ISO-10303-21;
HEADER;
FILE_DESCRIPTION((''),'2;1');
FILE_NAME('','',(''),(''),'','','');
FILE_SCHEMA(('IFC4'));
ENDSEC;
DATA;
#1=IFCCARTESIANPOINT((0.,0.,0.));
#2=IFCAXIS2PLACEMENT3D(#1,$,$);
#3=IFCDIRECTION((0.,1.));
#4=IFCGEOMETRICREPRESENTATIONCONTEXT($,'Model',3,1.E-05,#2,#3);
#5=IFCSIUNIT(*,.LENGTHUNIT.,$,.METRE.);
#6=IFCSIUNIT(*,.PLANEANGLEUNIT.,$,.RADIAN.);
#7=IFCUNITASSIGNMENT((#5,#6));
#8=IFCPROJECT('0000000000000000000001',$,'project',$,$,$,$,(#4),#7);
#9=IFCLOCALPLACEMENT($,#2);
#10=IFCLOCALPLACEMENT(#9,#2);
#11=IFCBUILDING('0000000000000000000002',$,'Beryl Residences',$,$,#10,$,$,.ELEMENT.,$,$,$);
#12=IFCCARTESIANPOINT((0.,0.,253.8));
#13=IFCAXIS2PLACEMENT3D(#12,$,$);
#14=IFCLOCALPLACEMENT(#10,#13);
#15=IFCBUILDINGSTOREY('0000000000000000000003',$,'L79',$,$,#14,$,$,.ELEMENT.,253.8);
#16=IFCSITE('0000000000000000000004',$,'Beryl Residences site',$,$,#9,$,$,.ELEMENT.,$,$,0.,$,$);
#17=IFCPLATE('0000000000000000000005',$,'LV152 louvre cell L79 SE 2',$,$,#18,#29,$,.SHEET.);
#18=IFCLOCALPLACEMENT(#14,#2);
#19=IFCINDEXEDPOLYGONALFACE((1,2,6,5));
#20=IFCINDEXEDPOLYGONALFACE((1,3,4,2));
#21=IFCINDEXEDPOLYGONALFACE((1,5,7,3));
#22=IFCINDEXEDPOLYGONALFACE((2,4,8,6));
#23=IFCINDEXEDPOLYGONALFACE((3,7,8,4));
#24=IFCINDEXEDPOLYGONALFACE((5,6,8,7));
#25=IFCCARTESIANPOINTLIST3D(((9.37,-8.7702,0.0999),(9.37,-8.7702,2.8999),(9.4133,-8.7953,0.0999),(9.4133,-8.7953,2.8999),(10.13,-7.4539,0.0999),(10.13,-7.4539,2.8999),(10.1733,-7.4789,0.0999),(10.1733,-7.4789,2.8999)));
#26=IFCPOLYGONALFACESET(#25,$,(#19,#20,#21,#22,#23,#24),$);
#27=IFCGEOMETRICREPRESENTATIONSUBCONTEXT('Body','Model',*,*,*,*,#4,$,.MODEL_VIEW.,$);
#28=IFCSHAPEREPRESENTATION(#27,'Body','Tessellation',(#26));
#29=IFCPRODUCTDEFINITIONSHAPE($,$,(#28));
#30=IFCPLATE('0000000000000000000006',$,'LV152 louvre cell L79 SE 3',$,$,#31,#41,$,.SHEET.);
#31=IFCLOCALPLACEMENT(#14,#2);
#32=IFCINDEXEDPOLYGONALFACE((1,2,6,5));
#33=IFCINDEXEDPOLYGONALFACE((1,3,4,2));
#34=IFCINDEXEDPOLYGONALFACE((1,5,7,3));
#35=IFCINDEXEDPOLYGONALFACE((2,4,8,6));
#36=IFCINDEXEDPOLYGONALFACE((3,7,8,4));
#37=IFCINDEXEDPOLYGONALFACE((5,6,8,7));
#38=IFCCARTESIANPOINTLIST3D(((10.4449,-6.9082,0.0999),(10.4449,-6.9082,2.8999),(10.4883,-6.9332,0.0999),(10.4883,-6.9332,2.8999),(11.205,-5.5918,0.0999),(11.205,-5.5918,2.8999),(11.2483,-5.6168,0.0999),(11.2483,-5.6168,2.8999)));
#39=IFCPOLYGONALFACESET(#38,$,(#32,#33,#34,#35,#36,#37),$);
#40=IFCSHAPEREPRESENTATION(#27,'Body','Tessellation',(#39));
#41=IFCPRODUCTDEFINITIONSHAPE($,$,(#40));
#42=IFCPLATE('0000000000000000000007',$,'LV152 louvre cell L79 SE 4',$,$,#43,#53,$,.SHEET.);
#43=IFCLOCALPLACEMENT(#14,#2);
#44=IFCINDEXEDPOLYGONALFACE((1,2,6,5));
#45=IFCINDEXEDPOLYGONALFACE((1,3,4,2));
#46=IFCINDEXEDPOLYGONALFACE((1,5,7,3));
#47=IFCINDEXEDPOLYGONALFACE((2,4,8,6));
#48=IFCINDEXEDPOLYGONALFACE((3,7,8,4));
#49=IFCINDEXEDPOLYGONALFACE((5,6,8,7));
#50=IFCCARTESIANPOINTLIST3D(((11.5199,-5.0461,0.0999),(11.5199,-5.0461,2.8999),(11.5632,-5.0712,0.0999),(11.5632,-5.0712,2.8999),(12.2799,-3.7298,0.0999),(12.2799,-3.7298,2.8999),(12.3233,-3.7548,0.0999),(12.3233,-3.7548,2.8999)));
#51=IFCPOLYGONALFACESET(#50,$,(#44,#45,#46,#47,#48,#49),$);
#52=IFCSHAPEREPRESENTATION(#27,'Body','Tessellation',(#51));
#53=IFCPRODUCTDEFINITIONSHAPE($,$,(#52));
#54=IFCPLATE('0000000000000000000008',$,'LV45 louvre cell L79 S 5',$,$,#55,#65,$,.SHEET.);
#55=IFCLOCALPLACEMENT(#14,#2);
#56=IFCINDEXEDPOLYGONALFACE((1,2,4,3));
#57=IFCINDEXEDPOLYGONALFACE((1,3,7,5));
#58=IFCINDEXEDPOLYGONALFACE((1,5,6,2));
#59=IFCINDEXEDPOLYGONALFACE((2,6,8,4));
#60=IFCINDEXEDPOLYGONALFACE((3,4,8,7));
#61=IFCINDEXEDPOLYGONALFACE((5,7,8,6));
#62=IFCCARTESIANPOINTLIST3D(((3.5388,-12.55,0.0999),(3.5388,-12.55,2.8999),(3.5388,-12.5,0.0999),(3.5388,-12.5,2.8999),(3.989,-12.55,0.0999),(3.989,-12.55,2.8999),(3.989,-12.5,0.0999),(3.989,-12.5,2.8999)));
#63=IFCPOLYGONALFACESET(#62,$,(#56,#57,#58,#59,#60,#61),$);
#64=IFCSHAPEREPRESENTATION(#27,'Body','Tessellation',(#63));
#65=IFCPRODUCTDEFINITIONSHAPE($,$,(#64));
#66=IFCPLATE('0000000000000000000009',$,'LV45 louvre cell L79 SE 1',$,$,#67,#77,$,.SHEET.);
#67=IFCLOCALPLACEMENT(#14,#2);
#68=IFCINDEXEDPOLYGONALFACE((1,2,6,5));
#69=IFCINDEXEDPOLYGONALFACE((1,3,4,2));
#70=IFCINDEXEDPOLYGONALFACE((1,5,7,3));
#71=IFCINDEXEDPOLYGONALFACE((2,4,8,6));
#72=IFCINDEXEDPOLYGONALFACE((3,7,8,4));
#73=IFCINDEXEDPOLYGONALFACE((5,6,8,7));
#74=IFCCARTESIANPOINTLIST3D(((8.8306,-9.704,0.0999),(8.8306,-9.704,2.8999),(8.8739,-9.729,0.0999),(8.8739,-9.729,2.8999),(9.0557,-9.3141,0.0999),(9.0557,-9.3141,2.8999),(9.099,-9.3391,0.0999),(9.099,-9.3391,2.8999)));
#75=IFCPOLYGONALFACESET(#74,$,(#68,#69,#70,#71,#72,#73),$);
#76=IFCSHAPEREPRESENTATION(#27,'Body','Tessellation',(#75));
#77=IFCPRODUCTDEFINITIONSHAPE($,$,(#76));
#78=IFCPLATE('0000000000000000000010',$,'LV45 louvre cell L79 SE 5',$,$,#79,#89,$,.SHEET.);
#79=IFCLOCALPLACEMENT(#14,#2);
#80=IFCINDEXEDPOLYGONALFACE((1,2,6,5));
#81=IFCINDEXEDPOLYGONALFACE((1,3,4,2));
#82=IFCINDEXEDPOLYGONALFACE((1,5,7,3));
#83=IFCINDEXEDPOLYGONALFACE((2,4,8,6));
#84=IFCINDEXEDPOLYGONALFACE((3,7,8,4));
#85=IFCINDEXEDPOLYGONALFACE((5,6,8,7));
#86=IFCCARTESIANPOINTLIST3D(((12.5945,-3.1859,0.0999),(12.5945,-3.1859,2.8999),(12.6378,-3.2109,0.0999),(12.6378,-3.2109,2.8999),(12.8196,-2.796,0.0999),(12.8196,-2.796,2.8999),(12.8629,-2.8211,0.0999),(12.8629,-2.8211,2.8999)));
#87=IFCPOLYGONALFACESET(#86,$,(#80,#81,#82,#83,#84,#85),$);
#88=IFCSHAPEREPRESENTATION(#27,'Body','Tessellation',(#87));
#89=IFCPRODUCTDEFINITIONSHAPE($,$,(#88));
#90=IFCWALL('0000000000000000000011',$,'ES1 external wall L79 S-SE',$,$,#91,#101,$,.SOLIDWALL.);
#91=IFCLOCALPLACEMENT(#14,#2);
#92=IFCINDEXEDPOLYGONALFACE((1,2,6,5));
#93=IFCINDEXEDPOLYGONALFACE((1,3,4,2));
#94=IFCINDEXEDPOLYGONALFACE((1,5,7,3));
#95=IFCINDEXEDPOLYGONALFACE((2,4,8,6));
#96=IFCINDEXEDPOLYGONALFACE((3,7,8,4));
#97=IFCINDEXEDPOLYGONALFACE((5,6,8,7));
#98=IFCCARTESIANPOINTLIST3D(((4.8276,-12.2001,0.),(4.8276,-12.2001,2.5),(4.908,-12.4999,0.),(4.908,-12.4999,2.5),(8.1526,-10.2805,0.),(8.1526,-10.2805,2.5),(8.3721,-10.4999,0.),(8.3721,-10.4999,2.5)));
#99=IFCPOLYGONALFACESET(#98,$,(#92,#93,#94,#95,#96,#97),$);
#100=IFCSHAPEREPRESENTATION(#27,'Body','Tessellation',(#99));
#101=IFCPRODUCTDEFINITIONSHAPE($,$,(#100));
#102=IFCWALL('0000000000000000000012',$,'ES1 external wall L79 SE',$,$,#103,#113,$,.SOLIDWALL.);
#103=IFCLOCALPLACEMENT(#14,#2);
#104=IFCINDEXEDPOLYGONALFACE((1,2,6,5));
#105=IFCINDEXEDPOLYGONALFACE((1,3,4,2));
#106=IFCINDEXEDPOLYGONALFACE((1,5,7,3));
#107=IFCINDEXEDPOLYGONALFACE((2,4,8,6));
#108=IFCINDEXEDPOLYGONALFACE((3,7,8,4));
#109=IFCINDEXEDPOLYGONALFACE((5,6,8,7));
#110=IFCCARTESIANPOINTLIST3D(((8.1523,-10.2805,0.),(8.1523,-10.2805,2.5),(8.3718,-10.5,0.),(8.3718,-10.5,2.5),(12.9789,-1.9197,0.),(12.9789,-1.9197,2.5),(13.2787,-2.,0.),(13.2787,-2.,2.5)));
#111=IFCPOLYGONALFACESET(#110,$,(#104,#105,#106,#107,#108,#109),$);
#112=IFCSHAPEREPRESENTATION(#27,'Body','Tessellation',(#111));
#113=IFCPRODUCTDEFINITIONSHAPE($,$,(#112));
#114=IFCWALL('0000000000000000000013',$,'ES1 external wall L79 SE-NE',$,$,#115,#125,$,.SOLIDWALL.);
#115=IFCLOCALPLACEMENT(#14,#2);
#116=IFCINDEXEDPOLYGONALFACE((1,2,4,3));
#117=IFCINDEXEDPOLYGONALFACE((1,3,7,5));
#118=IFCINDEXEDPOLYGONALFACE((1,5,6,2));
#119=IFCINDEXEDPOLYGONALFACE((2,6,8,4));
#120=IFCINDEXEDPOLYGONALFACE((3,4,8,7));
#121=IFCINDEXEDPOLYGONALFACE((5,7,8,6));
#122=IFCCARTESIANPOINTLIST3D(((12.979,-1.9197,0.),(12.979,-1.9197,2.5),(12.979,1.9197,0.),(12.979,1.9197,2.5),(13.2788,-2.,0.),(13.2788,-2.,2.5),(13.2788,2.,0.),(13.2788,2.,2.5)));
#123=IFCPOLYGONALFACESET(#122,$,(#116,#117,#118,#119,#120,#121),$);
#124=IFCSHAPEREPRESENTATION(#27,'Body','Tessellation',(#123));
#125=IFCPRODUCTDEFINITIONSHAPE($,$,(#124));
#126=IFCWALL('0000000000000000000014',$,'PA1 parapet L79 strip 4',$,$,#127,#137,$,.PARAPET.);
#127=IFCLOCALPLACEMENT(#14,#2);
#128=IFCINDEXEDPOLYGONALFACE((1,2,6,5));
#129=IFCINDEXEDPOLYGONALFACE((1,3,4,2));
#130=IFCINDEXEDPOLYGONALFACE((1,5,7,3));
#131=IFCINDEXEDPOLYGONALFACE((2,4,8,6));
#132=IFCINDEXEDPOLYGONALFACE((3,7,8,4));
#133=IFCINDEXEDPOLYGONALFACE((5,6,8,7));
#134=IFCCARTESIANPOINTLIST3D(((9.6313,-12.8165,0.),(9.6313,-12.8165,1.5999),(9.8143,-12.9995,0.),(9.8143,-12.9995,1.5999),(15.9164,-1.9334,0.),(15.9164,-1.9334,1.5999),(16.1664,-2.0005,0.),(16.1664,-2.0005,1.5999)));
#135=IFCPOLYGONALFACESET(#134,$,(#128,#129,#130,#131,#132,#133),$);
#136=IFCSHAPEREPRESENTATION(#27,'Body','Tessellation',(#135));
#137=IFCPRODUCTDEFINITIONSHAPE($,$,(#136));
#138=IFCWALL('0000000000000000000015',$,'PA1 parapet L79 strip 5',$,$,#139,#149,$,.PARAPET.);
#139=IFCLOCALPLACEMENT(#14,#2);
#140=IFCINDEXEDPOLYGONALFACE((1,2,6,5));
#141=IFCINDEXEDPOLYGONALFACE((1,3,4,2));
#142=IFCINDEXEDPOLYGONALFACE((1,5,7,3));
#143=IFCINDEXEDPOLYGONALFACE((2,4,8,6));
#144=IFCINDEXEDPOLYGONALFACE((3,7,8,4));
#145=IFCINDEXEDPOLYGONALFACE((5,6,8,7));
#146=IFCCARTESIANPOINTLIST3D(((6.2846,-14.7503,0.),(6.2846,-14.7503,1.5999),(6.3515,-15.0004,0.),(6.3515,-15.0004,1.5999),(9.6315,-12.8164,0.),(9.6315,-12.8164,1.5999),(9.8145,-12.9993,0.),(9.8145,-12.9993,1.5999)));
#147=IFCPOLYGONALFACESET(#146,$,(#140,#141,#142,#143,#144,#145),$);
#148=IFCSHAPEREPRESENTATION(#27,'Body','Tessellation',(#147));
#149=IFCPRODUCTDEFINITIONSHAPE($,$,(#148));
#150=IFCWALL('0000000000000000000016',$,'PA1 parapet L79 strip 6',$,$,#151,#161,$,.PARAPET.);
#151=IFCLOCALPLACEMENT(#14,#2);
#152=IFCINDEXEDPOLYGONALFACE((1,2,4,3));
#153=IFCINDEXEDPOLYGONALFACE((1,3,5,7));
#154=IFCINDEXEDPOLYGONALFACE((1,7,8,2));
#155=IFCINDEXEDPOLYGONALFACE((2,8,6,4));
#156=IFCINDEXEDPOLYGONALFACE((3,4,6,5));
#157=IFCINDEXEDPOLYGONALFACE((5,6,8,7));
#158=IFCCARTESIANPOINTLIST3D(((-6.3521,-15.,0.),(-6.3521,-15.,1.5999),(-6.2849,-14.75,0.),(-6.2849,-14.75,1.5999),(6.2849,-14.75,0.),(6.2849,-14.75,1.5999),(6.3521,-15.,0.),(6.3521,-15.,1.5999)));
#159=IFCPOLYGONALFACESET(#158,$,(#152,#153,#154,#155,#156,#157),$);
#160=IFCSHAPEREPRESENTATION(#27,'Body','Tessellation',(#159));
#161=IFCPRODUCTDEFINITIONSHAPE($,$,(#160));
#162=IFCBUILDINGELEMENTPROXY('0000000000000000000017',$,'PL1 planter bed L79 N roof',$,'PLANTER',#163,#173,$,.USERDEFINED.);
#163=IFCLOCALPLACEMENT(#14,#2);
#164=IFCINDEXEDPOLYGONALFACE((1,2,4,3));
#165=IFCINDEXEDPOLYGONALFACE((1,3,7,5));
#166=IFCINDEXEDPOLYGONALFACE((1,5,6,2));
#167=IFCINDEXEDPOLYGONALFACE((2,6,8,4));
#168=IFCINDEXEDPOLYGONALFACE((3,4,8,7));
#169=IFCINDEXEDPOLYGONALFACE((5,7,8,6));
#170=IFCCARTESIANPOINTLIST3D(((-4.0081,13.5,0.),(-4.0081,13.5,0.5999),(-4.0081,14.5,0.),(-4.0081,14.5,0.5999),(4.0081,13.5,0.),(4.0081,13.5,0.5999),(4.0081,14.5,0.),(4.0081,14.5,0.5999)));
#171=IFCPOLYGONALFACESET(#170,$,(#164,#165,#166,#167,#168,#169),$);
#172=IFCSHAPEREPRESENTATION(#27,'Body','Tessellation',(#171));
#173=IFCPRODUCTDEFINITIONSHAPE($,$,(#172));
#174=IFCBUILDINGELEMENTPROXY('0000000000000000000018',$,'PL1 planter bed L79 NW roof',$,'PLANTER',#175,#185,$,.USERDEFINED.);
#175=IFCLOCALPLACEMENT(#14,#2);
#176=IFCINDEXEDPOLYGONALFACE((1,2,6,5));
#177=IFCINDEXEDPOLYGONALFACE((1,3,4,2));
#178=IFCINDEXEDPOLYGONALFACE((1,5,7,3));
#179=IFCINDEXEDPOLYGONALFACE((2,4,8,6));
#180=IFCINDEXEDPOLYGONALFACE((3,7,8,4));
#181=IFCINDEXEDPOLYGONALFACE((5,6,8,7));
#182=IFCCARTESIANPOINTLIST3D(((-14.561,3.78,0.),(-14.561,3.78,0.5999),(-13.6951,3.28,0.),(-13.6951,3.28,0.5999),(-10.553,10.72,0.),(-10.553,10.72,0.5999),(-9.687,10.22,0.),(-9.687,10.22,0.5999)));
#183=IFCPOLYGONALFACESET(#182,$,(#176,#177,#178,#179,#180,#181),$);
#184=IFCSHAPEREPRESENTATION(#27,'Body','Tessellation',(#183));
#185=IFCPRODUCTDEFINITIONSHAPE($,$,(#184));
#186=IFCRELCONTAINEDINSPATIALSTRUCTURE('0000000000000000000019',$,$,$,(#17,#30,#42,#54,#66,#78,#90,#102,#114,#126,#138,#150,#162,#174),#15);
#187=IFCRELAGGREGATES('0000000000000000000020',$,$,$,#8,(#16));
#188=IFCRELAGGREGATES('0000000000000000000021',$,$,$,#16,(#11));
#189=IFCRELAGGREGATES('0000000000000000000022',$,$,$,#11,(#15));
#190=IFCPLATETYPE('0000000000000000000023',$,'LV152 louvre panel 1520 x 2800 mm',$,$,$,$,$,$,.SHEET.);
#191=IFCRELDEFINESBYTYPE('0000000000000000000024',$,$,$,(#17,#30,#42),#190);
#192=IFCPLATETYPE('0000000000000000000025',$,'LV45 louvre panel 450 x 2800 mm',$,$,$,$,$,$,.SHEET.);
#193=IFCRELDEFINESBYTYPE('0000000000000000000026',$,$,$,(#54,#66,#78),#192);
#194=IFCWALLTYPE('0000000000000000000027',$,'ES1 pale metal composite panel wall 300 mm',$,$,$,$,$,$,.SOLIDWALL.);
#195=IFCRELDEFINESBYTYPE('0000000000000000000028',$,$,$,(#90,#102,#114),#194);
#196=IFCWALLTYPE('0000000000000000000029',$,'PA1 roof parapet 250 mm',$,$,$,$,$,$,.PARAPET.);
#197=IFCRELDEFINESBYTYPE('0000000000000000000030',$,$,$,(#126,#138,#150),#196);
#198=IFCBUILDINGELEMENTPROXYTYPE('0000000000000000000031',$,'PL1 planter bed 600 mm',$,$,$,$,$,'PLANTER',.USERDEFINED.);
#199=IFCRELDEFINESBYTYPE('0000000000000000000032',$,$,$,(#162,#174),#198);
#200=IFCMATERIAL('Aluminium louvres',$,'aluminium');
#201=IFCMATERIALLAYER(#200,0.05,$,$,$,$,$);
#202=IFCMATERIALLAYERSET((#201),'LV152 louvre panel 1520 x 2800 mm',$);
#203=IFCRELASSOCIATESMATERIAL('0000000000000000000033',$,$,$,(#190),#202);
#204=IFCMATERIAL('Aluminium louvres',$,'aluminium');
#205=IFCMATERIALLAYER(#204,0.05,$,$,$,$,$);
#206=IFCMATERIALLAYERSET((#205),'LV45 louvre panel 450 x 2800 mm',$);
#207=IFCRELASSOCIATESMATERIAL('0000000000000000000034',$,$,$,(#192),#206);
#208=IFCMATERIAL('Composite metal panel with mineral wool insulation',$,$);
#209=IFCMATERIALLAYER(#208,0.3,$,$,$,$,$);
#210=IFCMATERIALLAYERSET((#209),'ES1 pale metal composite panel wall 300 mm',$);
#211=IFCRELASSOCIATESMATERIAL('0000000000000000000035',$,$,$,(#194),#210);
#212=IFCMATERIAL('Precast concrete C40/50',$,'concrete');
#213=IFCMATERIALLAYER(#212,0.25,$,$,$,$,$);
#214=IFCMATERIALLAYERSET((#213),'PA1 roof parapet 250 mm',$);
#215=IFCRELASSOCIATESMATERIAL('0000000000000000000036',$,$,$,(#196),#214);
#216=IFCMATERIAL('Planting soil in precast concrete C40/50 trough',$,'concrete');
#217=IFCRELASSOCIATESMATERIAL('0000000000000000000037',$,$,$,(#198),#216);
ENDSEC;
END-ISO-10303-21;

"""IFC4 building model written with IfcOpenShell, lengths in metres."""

from ifc_helpers import new_model, si_unit, direction, frame, origin, place, context, subcontext, project, spatial, polyline, outline, extrude, source, transform, mapped, material, layer, layer_set, type_object, type_shapes, element, save


model = new_model("IFC4")

# Units and contexts
model_context = context("Model", 3, precision=1e-05, world=origin(), true_north=direction((0.0, 1.0)))
body_context = subcontext(model_context, "Body", "Model", "MODEL_VIEW")
ifc_project = project(units=[si_unit("LENGTHUNIT", "METRE"), si_unit("PLANEANGLEUNIT", "RADIAN")], contexts=[model_context])

# Site, building, storey
site_placement = place(None, origin())
site = spatial("IfcSite", under=ifc_project, at=site_placement, Name="Beryl Residences site", CompositionType="ELEMENT", RefElevation=0.0)
building_placement = place(site_placement, origin())
building = spatial("IfcBuilding", under=site, at=building_placement, Name="Beryl Residences", CompositionType="ELEMENT")
storey_placement = place(building_placement, frame((0.0, 0.0, 253.8)))
storey = spatial("IfcBuildingStorey", under=building, at=storey_placement, Name="L79", CompositionType="ELEMENT", Elevation=253.8)

# Plates
ifc_material_1 = material(Name="Aluminium louvres", Category="aluminium")
ifc_layer_1 = layer(ifc_material_1, 0.05)
ifc_layer_set_1 = layer_set([ifc_layer_1], Name="LV152 louvre panel 1520 x 2800 mm")
plate_type_1 = type_object("IfcPlateType", Name="LV152 louvre panel 1520 x 2800 mm", PredefinedType="SHEET", material=ifc_layer_set_1)
shared_shape_1 = source(origin(), body_context, "Body", "SweptSolid", [
    extrude(outline(polyline([(-0.76, 0.0), (0.76, 0.0), (0.76, 0.05), (-0.76, 0.05), (-0.76, 0.0)])), origin(), (0.0, 0.0, 1.0), 2.8),
])
type_shapes(plate_type_1, [shared_shape_1])
for number, where, z_axis, x_axis, name in (
    (1, (9.75, -8.1121, 0.0999), (0.0, 0.0, 1.0), (-0.5, -0.866025, 0.0), "LV152 louvre cell L79 SE 2"),
    (2, (10.825, -6.25, 0.0999), (0.0, 0.0, 1.0), (-0.5, -0.866025, 0.0), "LV152 louvre cell L79 SE 3"),
    (3, (11.8999, -4.3879, 0.0999), (0.0, 0.0, 1.0), (-0.5, -0.866025, 0.0), "LV152 louvre cell L79 SE 4"),
):
    element("IfcPlate", number, at=place(storey_placement, frame(where, z_axis=z_axis, x_axis=x_axis)), inside=storey, type_object=plate_type_1, Name=name, PredefinedType="SHEET", context=body_context, shape_type="MappedRepresentation", body=[
        mapped(shared_shape_1, transform((0.0, 0.0, 0.0))),
    ])
ifc_material_2 = material(Name="Aluminium louvres", Category="aluminium")
ifc_layer_2 = layer(ifc_material_2, 0.05)
ifc_layer_set_2 = layer_set([ifc_layer_2], Name="LV45 louvre panel 450 x 2800 mm")
plate_type_2 = type_object("IfcPlateType", Name="LV45 louvre panel 450 x 2800 mm", PredefinedType="SHEET", material=ifc_layer_set_2)
shared_shape_2 = source(origin(), body_context, "Body", "SweptSolid", [
    extrude(outline(polyline([(-0.2251, 0.0), (0.2251, 0.0), (0.2251, 0.05), (-0.2251, 0.05), (-0.2251, 0.0)])), origin(), (0.0, 0.0, 1.0), 2.8),
])
type_shapes(plate_type_2, [shared_shape_2])
for number, where, z_axis, x_axis, name in (
    (4, (3.7639, -12.5, 0.0999), (0.0, 0.0, 1.0), (-1.0, 0.0, 0.0), "LV45 louvre cell L79 S 5"),
    (5, (8.9431, -9.509, 0.0999), (0.0, 0.0, 1.0), (-0.5, -0.866025, 0.0), "LV45 louvre cell L79 SE 1"),
    (6, (12.707, -2.991, 0.0999), (0.0, 0.0, 1.0), (-0.5, -0.866025, 0.0), "LV45 louvre cell L79 SE 5"),
):
    element("IfcPlate", number, at=place(storey_placement, frame(where, z_axis=z_axis, x_axis=x_axis)), inside=storey, type_object=plate_type_2, Name=name, PredefinedType="SHEET", context=body_context, shape_type="MappedRepresentation", body=[
        mapped(shared_shape_2, transform((0.0, 0.0, 0.0))),
    ])

# Walls
ifc_material_3 = material(Name="Composite metal panel with mineral wool insulation")
ifc_layer_3 = layer(ifc_material_3, 0.3)
ifc_layer_set_3 = layer_set([ifc_layer_3], Name="ES1 pale metal composite panel wall 300 mm")
wall_type_1 = type_object("IfcWallType", Name="ES1 pale metal composite panel wall 300 mm", PredefinedType="SOLIDWALL", material=ifc_layer_set_3)
wall_1_placement = place(storey_placement, frame((4.833, -12.3701, 0.0), z_axis=(0.0, 0.0, 1.0), x_axis=(0.866026, 0.499999, 0.0)))
element("IfcWall", 7, at=wall_1_placement, inside=storey, type_object=wall_type_1, Name="ES1 external wall L79 S-SE", PredefinedType="SOLIDWALL", context=body_context, shape_type="SweptSolid", body=[
    extrude(outline(polyline([(0.0, -0.1499), (4.0, -0.1499), (3.9197, 0.1499), (0.0803, 0.1499), (0.0, -0.1499)])), origin(), (0.0, 0.0, 1.0), 2.5),
])
wall_2_placement = place(storey_placement, frame((8.2419, -10.425, 0.0), z_axis=(0.0, 0.0, 1.0), x_axis=(0.499962, 0.866047, 0.0)))
element("IfcWall", 8, at=wall_2_placement, inside=storey, type_object=wall_type_1, Name="ES1 external wall L79 SE", PredefinedType="SOLIDWALL", context=body_context, shape_type="SweptSolid", body=[
    extrude(outline(polyline([(0.0, -0.1499), (9.8147, -0.1499), (9.7344, 0.1499), (0.0803, 0.1499), (0.0, -0.1499)])), origin(), (0.0, 0.0, 1.0), 2.5),
])
wall_3_placement = place(storey_placement, frame((13.1289, -2.0, 0.0), z_axis=(0.0, 0.0, 1.0), x_axis=(0.0, 1.0, 0.0)))
element("IfcWall", 9, at=wall_3_placement, inside=storey, type_object=wall_type_1, Name="ES1 external wall L79 SE-NE", PredefinedType="SOLIDWALL", context=body_context, shape_type="SweptSolid", body=[
    extrude(outline(polyline([(0.0, -0.1499), (4.0, -0.1499), (3.9197, 0.1499), (0.0803, 0.1499), (0.0, -0.1499)])), origin(), (0.0, 0.0, 1.0), 2.5),
])
ifc_material_4 = material(Name="Precast concrete C40/50", Category="concrete")
ifc_layer_4 = layer(ifc_material_4, 0.25)
ifc_layer_set_4 = layer_set([ifc_layer_4], Name="PA1 roof parapet 250 mm")
wall_type_2 = type_object("IfcWallType", Name="PA1 roof parapet 250 mm", PredefinedType="PARAPET", material=ifc_layer_set_4)
wall_4_placement = place(storey_placement, frame((16.0581, -1.938, 0.0), z_axis=(0.0, 0.0, 1.0), x_axis=(-0.500104, -0.865965, 0.0)))
element("IfcWall", 10, at=wall_4_placement, inside=storey, type_object=wall_type_2, Name="PA1 parapet L79 strip 4", PredefinedType="PARAPET", context=body_context, shape_type="SweptSolid", body=[
    extrude(outline(polyline([(0.0669, -0.125), (12.6345, -0.125), (12.7014, 0.125), (0.0, 0.125), (0.0669, -0.125)])), origin(), (0.0, 0.0, 1.0), 1.5999),
])
wall_5_placement = place(storey_placement, frame((9.752, -12.8911, 0.0), z_axis=(0.0, 0.0, 1.0), x_axis=(-0.865844, -0.500314, 0.0)))
element("IfcWall", 11, at=wall_5_placement, inside=storey, type_object=wall_type_2, Name="PA1 parapet L79 strip 5", PredefinedType="PARAPET", context=body_context, shape_type="SweptSolid", body=[
    extrude(outline(polyline([(0.0669, -0.125), (3.9324, -0.125), (3.9995, 0.125), (0.0, 0.125), (0.0669, -0.125)])), origin(), (0.0, 0.0, 1.0), 1.5999),
])
wall_6_placement = place(storey_placement, frame((6.3521, -14.875, 0.0), z_axis=(0.0, 0.0, 1.0), x_axis=(-1.0, 0.0, 0.0)))
element("IfcWall", 12, at=wall_6_placement, inside=storey, type_object=wall_type_2, Name="PA1 parapet L79 strip 6", PredefinedType="PARAPET", context=body_context, shape_type="SweptSolid", body=[
    extrude(outline(polyline([(0.0671, -0.125), (12.637, -0.125), (12.7041, 0.125), (0.0, 0.125), (0.0671, -0.125)])), origin(), (0.0, 0.0, 1.0), 1.5999),
])

# Building element proxies
ifc_material_5 = material(Name="Planting soil in precast concrete C40/50 trough", Category="concrete")
building_element_proxy_type = type_object("IfcBuildingElementProxyType", Name="PL1 planter bed 600 mm", ElementType="PLANTER", PredefinedType="USERDEFINED", material=ifc_material_5)
proxy_1_placement = place(storey_placement, origin())
element("IfcBuildingElementProxy", 13, at=proxy_1_placement, inside=storey, type_object=building_element_proxy_type, Name="PL1 planter bed L79 N roof", ObjectType="PLANTER", PredefinedType="USERDEFINED", context=body_context, shape_type="SweptSolid", body=[
    extrude(outline(polyline([(4.0081, 14.5), (-4.0081, 14.5), (-4.0081, 13.5), (4.0081, 13.5), (4.0081, 14.5)])), origin(), (0.0, 0.0, 1.0), 0.5999),
])
proxy_2_placement = place(storey_placement, origin())
element("IfcBuildingElementProxy", 14, at=proxy_2_placement, inside=storey, type_object=building_element_proxy_type, Name="PL1 planter bed L79 NW roof", ObjectType="PLANTER", PredefinedType="USERDEFINED", context=body_context, shape_type="SweptSolid", body=[
    extrude(outline(polyline([(-10.553, 10.72), (-14.561, 3.78), (-13.6951, 3.28), (-9.687, 10.22), (-10.553, 10.72)])), origin(), (0.0, 0.0, 1.0), 0.5999),
])

save(model, "model.ifc")
